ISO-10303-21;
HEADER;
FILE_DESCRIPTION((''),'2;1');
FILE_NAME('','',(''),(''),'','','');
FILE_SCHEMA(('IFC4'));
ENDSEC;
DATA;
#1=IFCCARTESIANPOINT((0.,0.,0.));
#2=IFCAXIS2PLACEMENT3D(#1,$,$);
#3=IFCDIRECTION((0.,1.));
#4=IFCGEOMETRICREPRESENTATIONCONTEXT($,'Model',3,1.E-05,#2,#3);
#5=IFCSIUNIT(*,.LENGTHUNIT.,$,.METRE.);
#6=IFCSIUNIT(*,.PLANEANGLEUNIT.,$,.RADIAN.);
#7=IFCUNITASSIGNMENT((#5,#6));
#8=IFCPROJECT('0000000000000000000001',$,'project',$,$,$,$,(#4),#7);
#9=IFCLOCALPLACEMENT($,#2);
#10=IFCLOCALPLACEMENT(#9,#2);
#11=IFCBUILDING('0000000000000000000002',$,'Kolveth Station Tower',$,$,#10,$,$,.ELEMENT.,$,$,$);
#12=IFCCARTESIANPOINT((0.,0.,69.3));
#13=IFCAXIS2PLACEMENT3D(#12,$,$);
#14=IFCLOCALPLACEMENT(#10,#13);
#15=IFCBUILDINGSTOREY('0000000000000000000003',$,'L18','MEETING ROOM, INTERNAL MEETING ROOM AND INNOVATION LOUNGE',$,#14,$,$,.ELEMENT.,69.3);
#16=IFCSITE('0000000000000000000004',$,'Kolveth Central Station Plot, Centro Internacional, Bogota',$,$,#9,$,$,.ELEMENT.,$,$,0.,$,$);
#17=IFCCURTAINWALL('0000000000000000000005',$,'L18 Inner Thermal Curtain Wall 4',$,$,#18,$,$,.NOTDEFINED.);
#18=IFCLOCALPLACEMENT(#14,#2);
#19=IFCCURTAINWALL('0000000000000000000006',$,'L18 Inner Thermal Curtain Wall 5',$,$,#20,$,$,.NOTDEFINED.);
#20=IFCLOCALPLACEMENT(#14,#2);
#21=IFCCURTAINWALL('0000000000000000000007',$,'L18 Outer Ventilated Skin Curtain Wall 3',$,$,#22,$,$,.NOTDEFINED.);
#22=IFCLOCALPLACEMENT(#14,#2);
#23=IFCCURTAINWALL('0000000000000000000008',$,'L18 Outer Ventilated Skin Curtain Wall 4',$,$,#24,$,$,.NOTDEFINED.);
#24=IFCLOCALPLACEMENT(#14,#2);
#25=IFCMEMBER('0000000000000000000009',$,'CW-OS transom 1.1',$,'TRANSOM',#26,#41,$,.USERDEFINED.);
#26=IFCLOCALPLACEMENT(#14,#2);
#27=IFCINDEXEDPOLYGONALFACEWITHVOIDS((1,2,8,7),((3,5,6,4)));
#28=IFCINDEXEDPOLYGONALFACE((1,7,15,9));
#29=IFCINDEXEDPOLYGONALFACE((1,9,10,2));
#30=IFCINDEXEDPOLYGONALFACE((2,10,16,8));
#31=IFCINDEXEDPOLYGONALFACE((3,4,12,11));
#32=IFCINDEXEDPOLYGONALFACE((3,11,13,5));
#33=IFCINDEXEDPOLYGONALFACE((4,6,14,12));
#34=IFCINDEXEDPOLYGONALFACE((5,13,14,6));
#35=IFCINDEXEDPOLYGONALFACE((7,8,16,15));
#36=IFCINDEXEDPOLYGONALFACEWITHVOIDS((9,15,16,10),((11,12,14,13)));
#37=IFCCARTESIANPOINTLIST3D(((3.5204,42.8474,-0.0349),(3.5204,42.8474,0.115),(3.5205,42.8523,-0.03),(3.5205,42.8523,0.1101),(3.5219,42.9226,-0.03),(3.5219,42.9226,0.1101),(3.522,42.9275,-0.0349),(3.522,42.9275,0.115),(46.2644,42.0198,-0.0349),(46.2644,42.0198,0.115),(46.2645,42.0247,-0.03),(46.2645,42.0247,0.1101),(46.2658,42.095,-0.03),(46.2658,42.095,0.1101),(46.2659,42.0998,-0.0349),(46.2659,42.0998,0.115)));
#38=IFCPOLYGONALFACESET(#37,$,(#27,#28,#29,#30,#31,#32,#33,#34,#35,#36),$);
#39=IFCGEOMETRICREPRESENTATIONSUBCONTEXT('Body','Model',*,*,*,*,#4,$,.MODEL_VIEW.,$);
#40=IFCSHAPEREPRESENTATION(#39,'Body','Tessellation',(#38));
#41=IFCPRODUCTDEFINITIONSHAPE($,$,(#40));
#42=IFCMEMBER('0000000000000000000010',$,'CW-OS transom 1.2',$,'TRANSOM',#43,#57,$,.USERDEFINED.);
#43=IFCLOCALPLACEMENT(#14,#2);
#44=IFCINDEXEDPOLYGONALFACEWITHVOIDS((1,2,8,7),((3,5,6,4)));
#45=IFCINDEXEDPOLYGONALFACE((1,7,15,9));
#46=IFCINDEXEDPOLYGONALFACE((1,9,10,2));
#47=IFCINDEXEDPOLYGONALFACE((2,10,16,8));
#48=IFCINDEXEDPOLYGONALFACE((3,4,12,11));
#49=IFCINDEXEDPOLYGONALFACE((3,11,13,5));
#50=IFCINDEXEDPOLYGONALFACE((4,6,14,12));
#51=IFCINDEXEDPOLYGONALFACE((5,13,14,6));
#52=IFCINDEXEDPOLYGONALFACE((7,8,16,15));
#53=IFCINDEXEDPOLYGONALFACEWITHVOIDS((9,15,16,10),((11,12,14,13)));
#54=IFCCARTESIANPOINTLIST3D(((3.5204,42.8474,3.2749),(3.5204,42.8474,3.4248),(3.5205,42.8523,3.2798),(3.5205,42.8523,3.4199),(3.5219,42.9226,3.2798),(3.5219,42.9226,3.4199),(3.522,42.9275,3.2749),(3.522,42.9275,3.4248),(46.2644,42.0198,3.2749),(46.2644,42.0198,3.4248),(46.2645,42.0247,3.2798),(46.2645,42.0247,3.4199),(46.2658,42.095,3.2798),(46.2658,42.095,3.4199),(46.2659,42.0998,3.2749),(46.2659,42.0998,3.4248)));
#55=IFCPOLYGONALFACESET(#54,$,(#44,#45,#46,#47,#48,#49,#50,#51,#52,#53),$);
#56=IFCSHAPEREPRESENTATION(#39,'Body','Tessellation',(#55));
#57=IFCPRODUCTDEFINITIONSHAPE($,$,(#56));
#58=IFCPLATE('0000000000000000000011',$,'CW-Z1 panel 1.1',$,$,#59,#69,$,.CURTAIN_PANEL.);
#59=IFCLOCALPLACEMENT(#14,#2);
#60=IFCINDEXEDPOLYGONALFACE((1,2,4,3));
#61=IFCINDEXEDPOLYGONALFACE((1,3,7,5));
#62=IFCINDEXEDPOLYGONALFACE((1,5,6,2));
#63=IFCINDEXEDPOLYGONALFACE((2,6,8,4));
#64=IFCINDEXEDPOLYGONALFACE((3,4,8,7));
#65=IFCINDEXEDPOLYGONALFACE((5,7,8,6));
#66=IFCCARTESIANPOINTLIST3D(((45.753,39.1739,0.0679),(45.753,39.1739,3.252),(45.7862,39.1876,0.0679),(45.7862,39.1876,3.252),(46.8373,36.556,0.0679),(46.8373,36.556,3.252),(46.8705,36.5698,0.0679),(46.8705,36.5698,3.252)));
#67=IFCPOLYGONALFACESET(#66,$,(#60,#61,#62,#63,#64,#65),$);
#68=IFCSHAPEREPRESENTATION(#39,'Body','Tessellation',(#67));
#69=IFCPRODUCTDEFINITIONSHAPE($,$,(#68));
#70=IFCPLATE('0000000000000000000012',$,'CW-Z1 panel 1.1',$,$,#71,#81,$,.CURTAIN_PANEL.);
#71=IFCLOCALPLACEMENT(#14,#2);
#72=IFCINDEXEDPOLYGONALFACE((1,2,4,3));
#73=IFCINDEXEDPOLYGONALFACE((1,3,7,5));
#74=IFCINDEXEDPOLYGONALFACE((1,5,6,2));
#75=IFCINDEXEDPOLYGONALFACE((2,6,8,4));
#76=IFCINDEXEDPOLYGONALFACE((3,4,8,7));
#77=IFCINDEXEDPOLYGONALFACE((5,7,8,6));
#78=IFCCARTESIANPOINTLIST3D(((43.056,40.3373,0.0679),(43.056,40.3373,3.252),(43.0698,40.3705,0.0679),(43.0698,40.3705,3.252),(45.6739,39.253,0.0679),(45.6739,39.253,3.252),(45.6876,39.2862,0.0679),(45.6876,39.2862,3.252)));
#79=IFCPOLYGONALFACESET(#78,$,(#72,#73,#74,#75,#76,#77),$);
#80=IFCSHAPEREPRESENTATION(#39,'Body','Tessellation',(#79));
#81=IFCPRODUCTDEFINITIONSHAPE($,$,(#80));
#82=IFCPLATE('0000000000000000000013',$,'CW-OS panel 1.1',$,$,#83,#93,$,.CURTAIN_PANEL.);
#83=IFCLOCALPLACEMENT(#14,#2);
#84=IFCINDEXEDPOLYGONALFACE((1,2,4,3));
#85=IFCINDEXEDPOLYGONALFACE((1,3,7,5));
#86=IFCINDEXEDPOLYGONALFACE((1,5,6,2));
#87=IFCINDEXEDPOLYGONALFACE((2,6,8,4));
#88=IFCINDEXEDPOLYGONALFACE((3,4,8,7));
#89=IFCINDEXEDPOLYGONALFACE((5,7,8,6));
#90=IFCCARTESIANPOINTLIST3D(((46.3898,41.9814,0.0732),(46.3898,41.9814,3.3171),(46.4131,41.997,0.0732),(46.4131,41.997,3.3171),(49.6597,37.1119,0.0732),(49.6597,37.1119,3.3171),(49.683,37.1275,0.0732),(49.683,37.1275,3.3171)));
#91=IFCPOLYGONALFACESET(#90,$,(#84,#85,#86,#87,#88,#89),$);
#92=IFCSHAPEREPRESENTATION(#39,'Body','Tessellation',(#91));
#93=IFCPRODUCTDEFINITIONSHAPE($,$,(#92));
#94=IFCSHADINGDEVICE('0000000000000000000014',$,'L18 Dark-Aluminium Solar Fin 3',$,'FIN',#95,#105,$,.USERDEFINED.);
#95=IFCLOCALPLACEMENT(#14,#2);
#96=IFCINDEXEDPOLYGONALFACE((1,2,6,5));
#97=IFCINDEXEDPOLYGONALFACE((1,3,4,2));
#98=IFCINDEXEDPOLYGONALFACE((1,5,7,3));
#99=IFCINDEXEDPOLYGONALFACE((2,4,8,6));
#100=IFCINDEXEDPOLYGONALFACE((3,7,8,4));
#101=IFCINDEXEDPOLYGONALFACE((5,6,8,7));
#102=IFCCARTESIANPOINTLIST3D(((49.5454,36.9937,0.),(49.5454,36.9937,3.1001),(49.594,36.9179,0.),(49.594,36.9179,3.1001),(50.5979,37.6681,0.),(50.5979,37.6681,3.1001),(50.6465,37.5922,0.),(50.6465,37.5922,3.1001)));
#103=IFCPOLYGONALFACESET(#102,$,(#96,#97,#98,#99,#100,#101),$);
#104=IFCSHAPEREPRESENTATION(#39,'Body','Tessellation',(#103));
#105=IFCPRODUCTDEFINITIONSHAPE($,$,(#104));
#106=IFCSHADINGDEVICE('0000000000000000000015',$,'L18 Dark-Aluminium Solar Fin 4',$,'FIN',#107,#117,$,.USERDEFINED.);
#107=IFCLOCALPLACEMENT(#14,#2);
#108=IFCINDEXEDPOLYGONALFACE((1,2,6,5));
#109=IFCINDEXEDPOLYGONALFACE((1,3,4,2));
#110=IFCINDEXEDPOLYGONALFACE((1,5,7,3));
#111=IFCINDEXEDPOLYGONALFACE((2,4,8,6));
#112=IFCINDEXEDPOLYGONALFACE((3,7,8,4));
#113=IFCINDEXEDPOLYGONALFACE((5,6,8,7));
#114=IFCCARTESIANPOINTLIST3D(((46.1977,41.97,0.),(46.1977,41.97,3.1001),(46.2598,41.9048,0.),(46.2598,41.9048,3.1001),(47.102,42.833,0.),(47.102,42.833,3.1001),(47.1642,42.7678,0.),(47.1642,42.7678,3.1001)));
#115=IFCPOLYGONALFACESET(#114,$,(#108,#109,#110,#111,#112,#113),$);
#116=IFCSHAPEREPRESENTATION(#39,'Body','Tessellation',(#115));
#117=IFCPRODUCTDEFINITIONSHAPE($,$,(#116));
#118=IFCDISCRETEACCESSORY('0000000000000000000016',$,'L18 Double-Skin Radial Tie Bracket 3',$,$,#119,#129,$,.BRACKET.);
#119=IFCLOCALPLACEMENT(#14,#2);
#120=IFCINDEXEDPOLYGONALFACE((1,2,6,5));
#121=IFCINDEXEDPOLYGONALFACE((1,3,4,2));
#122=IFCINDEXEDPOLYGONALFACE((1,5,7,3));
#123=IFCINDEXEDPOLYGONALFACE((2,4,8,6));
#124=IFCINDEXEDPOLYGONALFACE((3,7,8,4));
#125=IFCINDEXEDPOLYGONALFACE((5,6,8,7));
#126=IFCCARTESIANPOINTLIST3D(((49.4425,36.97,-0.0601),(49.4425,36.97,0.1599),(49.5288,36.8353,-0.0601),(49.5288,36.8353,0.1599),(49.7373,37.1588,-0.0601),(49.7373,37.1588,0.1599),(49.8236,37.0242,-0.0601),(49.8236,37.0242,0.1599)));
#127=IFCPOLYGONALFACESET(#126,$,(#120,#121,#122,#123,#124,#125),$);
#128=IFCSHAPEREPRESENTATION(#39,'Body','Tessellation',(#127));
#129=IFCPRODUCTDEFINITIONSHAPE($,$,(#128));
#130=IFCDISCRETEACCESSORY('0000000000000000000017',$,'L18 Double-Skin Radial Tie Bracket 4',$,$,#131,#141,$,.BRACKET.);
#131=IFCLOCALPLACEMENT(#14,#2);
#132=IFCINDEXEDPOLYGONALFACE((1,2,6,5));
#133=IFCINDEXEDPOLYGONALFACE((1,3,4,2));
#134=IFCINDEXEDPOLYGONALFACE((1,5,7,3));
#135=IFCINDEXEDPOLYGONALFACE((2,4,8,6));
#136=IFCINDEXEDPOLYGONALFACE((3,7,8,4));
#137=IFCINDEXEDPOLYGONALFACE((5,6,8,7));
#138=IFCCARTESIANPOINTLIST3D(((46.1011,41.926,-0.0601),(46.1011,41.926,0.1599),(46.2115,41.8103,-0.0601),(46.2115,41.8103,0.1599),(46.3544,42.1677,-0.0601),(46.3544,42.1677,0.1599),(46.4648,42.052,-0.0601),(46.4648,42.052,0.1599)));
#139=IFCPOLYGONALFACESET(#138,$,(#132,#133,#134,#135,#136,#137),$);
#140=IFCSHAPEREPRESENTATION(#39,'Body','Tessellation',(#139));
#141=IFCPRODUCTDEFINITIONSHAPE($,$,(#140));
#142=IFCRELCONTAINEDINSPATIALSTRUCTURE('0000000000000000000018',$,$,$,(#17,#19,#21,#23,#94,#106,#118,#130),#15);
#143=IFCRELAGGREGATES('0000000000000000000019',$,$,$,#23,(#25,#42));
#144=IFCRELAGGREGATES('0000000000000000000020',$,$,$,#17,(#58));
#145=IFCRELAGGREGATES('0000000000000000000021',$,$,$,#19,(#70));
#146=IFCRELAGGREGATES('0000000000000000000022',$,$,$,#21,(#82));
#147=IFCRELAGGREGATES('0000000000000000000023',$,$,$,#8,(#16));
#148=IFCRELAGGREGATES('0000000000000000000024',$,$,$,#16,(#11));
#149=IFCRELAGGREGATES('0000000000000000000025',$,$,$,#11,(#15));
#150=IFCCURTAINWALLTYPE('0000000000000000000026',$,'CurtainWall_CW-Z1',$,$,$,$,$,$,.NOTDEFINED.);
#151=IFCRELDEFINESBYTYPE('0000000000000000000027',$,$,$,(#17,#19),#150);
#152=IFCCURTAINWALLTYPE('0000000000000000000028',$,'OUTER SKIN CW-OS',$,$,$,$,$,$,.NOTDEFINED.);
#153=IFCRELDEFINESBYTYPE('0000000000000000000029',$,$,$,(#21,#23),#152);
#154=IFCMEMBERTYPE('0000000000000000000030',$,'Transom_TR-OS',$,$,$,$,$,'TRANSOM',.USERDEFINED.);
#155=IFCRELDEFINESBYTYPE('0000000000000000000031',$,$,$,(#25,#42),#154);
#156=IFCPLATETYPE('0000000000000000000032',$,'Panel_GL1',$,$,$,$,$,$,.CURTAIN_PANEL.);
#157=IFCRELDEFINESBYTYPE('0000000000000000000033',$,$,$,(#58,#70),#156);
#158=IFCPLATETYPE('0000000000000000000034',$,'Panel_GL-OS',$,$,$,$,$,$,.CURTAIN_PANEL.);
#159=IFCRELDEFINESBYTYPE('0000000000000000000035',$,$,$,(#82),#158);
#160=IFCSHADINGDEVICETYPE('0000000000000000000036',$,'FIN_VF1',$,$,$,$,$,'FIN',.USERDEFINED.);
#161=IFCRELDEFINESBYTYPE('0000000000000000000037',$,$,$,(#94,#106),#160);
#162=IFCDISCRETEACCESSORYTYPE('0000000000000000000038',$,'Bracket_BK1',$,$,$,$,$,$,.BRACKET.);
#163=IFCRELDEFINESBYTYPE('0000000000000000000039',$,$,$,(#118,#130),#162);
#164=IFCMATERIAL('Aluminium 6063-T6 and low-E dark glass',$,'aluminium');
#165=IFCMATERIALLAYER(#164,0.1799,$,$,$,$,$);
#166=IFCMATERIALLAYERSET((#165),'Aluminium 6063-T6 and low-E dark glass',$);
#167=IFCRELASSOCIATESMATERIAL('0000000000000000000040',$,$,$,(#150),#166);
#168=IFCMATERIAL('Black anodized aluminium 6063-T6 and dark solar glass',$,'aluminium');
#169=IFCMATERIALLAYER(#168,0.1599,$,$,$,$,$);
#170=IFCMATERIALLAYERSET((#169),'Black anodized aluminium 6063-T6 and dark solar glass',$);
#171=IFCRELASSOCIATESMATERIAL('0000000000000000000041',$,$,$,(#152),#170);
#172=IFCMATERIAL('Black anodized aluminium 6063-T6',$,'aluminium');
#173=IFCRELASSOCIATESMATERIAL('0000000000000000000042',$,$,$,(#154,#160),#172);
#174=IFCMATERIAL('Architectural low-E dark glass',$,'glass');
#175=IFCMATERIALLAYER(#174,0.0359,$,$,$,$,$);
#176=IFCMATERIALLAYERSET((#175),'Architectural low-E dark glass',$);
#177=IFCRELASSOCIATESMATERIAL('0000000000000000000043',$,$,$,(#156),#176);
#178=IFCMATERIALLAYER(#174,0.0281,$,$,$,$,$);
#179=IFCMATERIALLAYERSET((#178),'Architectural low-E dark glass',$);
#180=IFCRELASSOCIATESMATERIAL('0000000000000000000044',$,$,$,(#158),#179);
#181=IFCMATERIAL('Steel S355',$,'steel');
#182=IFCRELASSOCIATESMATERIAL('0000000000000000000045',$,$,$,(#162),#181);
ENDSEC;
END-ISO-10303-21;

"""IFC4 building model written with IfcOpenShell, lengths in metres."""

from ifc_helpers import new_model, si_unit, direction, frame, origin, origin_2d, place, context, subcontext, project, spatial, rectangle, hollow_rectangle, extrude, source, transform, mapped, material, layer, layer_set, material_profile, profile_set, type_object, element, aggregate, save


model = new_model("IFC4")

# Units and contexts
model_context = context("Model", 3, precision=1e-05, world=origin(), true_north=direction((0.0, 1.0)))
body_context = subcontext(model_context, "Body", "Model", "MODEL_VIEW")
ifc_project = project(units=[si_unit("LENGTHUNIT", "METRE"), si_unit("PLANEANGLEUNIT", "RADIAN")], contexts=[model_context])

# Site, building, storey
site_placement = place(None, origin())
site = spatial("IfcSite", under=ifc_project, at=site_placement, Name="Kolveth Central Station Plot, Centro Internacional, Bogota", CompositionType="ELEMENT", RefElevation=0.0)
building_placement = place(site_placement, origin())
building = spatial("IfcBuilding", under=site, at=building_placement, Name="Kolveth Station Tower", CompositionType="ELEMENT")
storey_placement = place(building_placement, frame((0.0, 0.0, 69.3)))
storey = spatial("IfcBuildingStorey", under=building, at=storey_placement, Name="L18", Description="MEETING ROOM, INTERNAL MEETING ROOM AND INNOVATION LOUNGE", CompositionType="ELEMENT", Elevation=69.3)

# Shared definitions
ifc_material_1 = material(Name="Steel S355", Category="steel")

# Curtain wall
ifc_material_2 = material(Name="Aluminium 6063-T6 and low-E dark glass", Category="aluminium")
ifc_layer_1 = layer(ifc_material_2, 0.1799)
ifc_layer_set_1 = layer_set([ifc_layer_1], Name="Aluminium 6063-T6 and low-E dark glass")
curtain_wall_type_1 = type_object("IfcCurtainWallType", Name="CurtainWall_CW-Z1", PredefinedType="NOTDEFINED", material=ifc_layer_set_1)
curtain_wall_1_placement = place(storey_placement, origin())
curtain_wall_1 = element("IfcCurtainWall", 1, at=curtain_wall_1_placement, inside=storey, type_object=curtain_wall_type_1, Name="L18 Inner Thermal Curtain Wall 4", PredefinedType="NOTDEFINED")
ifc_material_3 = material(Name="Black anodized aluminium 6063-T6", Category="aluminium")

# Curtain wall
curtain_wall_2_placement = place(storey_placement, origin())
curtain_wall_2 = element("IfcCurtainWall", 2, at=curtain_wall_2_placement, inside=storey, type_object=curtain_wall_type_1, Name="L18 Inner Thermal Curtain Wall 5", PredefinedType="NOTDEFINED")

# Shared definitions
ifc_material_4 = material(Name="Black anodized aluminium 6063-T6 and dark solar glass", Category="aluminium")
ifc_layer_2 = layer(ifc_material_4, 0.1599)
ifc_layer_set_2 = layer_set([ifc_layer_2], Name="Black anodized aluminium 6063-T6 and dark solar glass")
curtain_wall_type_2 = type_object("IfcCurtainWallType", Name="OUTER SKIN CW-OS", PredefinedType="NOTDEFINED", material=ifc_layer_set_2)

# Curtain wall
curtain_wall_3_placement = place(storey_placement, origin())
curtain_wall_3 = element("IfcCurtainWall", 3, at=curtain_wall_3_placement, inside=storey, type_object=curtain_wall_type_2, Name="L18 Outer Ventilated Skin Curtain Wall 3", PredefinedType="NOTDEFINED")

# Curtain wall
curtain_wall_4_placement = place(storey_placement, origin())
curtain_wall_4 = element("IfcCurtainWall", 4, at=curtain_wall_4_placement, inside=storey, type_object=curtain_wall_type_2, Name="L18 Outer Ventilated Skin Curtain Wall 4", PredefinedType="NOTDEFINED")

# Members
ifc_material_profile_1 = material_profile(ifc_material_3, hollow_rectangle(XDim=0.0801, YDim=0.1499, WallThickness=0.0049, at=origin_2d()), Name="ALU-80x150x5")
ifc_profile_set_1 = profile_set([ifc_material_profile_1], Name="Black anodized aluminium 6063-T6")
member_type_1 = type_object("IfcMemberType", Name="Transom_TR-OS", ElementType="TRANSOM", PredefinedType="USERDEFINED", material=ifc_profile_set_1)
shared_shape_1 = source(origin(), body_context, "Body", "SweptSolid", [
    extrude(hollow_rectangle(XDim=0.0801, YDim=0.1499, WallThickness=0.0049, at=origin_2d()), origin(), (0.0, 0.0, 1.0), 42.752),
])
member_1_placement = place(storey_placement, frame((46.2651, 42.0598, 0.04), z_axis=(-0.999813, 0.019359, 0.0), x_axis=(-0.019359, -0.999813, 0.0)))
member_1 = element("IfcMember", 5, at=member_1_placement, type_object=member_type_1, Name="CW-OS transom 1.1", ObjectType="TRANSOM", PredefinedType="USERDEFINED", context=body_context, shape_type="MappedRepresentation", body=[
    mapped(shared_shape_1, transform((0.0, 0.0, 0.0), x_axis=(1.0, 0.0, 0.0), y_axis=(0.0, 1.0, 0.0), z_axis=(0.0, 0.0, 1.0), scale=1.0)),
])
member_2_placement = place(storey_placement, frame((46.2651, 42.0598, 3.3499), z_axis=(-0.999813, 0.019359, 0.0), x_axis=(-0.019359, -0.999813, 0.0)))
member_2 = element("IfcMember", 6, at=member_2_placement, type_object=member_type_1, Name="CW-OS transom 1.2", ObjectType="TRANSOM", PredefinedType="USERDEFINED", context=body_context, shape_type="MappedRepresentation", body=[
    mapped(shared_shape_1, transform((0.0, 0.0, 0.0), x_axis=(1.0, 0.0, 0.0), y_axis=(0.0, 1.0, 0.0), z_axis=(0.0, 0.0, 1.0), scale=1.0)),
])
aggregate(curtain_wall_4, [member_1, member_2])

# Plates
ifc_material_5 = material(Name="Architectural low-E dark glass", Category="glass")
ifc_layer_3 = layer(ifc_material_5, 0.0359)
ifc_layer_set_3 = layer_set([ifc_layer_3], Name="Architectural low-E dark glass")
plate_type_1 = type_object("IfcPlateType", Name="Panel_GL1", PredefinedType="CURTAIN_PANEL", material=ifc_layer_set_3)
shared_shape_2 = source(origin(), body_context, "Body", "SweptSolid", [
    extrude(rectangle(XDim=2.8335, YDim=0.0359, at=origin_2d()), origin(), (0.0, 0.0, 1.0), 3.1841),
])
plate_1_placement = place(storey_placement, frame((46.3118, 37.8718, 0.0679), z_axis=(0.0, 0.0, 1.0), x_axis=(-0.382673, 0.923884, 0.0)))
plate_1 = element("IfcPlate", 7, at=plate_1_placement, type_object=plate_type_1, Name="CW-Z1 panel 1.1", PredefinedType="CURTAIN_PANEL", context=body_context, shape_type="MappedRepresentation", body=[
    mapped(shared_shape_2, transform((0.0, 0.0, 0.0), x_axis=(1.0, 0.0, 0.0), y_axis=(0.0, 1.0, 0.0), z_axis=(0.0, 0.0, 1.0), scale=1.0)),
])
aggregate(curtain_wall_1, [plate_1])
plate_2_placement = place(storey_placement, frame((44.3718, 39.8118, 0.0679), z_axis=(0.0, 0.0, 1.0), x_axis=(-0.923884, 0.382673, 0.0)))
plate_2 = element("IfcPlate", 8, at=plate_2_placement, type_object=plate_type_1, Name="CW-Z1 panel 1.1", PredefinedType="CURTAIN_PANEL", context=body_context, shape_type="MappedRepresentation", body=[
    mapped(shared_shape_2, transform((0.0, 0.0, 0.0), x_axis=(1.0, 0.0, 0.0), y_axis=(0.0, 1.0, 0.0), z_axis=(0.0, 0.0, 1.0), scale=1.0)),
])
aggregate(curtain_wall_2, [plate_2])
ifc_layer_4 = layer(ifc_material_5, 0.0281)
ifc_layer_set_4 = layer_set([ifc_layer_4], Name="Architectural low-E dark glass")
plate_type_2 = type_object("IfcPlateType", Name="Panel_GL-OS", PredefinedType="CURTAIN_PANEL", material=ifc_layer_set_4)
shared_shape_3 = source(origin(), body_context, "Body", "SweptSolid", [
    extrude(rectangle(XDim=5.8655, YDim=0.0281, at=origin_2d()), origin(), (0.0, 0.0, 1.0), 3.2439),
])
plate_3_placement = place(storey_placement, frame((48.0364, 39.5544, 0.0732), z_axis=(0.0, 0.0, 1.0), x_axis=(-0.557475, 0.830194, 0.0)))
plate_3 = element("IfcPlate", 9, at=plate_3_placement, type_object=plate_type_2, Name="CW-OS panel 1.1", PredefinedType="CURTAIN_PANEL", context=body_context, shape_type="MappedRepresentation", body=[
    mapped(shared_shape_3, transform((0.0, 0.0, 0.0), x_axis=(1.0, 0.0, 0.0), y_axis=(0.0, 1.0, 0.0), z_axis=(0.0, 0.0, 1.0), scale=1.0)),
])
aggregate(curtain_wall_3, [plate_3])

# Shading devices
shading_device_type = type_object("IfcShadingDeviceType", Name="FIN_VF1", ElementType="FIN", PredefinedType="USERDEFINED", material=ifc_material_3)
shared_shape_4 = source(origin(), body_context, "Body", "SweptSolid", [
    extrude(rectangle(XDim=1.25, YDim=0.0901, at=origin_2d()), origin(), (0.0, 0.0, 1.0), 3.1001),
])
for number, where, z_axis, x_axis, name in (
    (10, (50.0959, 37.293, 0.0), (0.0, 0.0, 1.0), (0.841982, 0.539506, 0.0), "L18 Dark-Aluminium Solar Fin 3"),
    (11, (46.6809, 42.3689, 0.0), (0.0, 0.0, 1.0), (0.723449, 0.690378, 0.0), "L18 Dark-Aluminium Solar Fin 4"),
):
    element("IfcShadingDevice", number, at=place(storey_placement, frame(where, z_axis=z_axis, x_axis=x_axis)), inside=storey, type_object=shading_device_type, Name=name, ObjectType="FIN", PredefinedType="USERDEFINED", context=body_context, shape_type="MappedRepresentation", body=[
        mapped(shared_shape_4, transform((0.0, 0.0, 0.0), x_axis=(1.0, 0.0, 0.0), y_axis=(0.0, 1.0, 0.0), z_axis=(0.0, 0.0, 1.0), scale=1.0)),
    ])

# Discrete accessories
discrete_accessory_type = type_object("IfcDiscreteAccessoryType", Name="Bracket_BK1", PredefinedType="BRACKET", material=ifc_material_1)
shared_shape_5 = source(origin(), body_context, "Body", "SweptSolid", [
    extrude(rectangle(XDim=0.3501, YDim=0.1599, at=origin_2d()), origin(), (0.0, 0.0, 1.0), 0.22),
])
for number, where, z_axis, x_axis, name in (
    (12, (49.6331, 36.9971, -0.0601), (0.0, 0.0, 1.0), (0.841982, 0.539506, 0.0), "L18 Double-Skin Radial Tie Bracket 3"),
    (13, (46.283, 41.989, -0.0601), (0.0, 0.0, 1.0), (0.723449, 0.690378, 0.0), "L18 Double-Skin Radial Tie Bracket 4"),
):
    element("IfcDiscreteAccessory", number, at=place(storey_placement, frame(where, z_axis=z_axis, x_axis=x_axis)), inside=storey, type_object=discrete_accessory_type, Name=name, PredefinedType="BRACKET", context=body_context, shape_type="MappedRepresentation", body=[
        mapped(shared_shape_5, transform((0.0, 0.0, 0.0), x_axis=(1.0, 0.0, 0.0), y_axis=(0.0, 1.0, 0.0), z_axis=(0.0, 0.0, 1.0), scale=1.0)),
    ])

save(model, "model.ifc")
